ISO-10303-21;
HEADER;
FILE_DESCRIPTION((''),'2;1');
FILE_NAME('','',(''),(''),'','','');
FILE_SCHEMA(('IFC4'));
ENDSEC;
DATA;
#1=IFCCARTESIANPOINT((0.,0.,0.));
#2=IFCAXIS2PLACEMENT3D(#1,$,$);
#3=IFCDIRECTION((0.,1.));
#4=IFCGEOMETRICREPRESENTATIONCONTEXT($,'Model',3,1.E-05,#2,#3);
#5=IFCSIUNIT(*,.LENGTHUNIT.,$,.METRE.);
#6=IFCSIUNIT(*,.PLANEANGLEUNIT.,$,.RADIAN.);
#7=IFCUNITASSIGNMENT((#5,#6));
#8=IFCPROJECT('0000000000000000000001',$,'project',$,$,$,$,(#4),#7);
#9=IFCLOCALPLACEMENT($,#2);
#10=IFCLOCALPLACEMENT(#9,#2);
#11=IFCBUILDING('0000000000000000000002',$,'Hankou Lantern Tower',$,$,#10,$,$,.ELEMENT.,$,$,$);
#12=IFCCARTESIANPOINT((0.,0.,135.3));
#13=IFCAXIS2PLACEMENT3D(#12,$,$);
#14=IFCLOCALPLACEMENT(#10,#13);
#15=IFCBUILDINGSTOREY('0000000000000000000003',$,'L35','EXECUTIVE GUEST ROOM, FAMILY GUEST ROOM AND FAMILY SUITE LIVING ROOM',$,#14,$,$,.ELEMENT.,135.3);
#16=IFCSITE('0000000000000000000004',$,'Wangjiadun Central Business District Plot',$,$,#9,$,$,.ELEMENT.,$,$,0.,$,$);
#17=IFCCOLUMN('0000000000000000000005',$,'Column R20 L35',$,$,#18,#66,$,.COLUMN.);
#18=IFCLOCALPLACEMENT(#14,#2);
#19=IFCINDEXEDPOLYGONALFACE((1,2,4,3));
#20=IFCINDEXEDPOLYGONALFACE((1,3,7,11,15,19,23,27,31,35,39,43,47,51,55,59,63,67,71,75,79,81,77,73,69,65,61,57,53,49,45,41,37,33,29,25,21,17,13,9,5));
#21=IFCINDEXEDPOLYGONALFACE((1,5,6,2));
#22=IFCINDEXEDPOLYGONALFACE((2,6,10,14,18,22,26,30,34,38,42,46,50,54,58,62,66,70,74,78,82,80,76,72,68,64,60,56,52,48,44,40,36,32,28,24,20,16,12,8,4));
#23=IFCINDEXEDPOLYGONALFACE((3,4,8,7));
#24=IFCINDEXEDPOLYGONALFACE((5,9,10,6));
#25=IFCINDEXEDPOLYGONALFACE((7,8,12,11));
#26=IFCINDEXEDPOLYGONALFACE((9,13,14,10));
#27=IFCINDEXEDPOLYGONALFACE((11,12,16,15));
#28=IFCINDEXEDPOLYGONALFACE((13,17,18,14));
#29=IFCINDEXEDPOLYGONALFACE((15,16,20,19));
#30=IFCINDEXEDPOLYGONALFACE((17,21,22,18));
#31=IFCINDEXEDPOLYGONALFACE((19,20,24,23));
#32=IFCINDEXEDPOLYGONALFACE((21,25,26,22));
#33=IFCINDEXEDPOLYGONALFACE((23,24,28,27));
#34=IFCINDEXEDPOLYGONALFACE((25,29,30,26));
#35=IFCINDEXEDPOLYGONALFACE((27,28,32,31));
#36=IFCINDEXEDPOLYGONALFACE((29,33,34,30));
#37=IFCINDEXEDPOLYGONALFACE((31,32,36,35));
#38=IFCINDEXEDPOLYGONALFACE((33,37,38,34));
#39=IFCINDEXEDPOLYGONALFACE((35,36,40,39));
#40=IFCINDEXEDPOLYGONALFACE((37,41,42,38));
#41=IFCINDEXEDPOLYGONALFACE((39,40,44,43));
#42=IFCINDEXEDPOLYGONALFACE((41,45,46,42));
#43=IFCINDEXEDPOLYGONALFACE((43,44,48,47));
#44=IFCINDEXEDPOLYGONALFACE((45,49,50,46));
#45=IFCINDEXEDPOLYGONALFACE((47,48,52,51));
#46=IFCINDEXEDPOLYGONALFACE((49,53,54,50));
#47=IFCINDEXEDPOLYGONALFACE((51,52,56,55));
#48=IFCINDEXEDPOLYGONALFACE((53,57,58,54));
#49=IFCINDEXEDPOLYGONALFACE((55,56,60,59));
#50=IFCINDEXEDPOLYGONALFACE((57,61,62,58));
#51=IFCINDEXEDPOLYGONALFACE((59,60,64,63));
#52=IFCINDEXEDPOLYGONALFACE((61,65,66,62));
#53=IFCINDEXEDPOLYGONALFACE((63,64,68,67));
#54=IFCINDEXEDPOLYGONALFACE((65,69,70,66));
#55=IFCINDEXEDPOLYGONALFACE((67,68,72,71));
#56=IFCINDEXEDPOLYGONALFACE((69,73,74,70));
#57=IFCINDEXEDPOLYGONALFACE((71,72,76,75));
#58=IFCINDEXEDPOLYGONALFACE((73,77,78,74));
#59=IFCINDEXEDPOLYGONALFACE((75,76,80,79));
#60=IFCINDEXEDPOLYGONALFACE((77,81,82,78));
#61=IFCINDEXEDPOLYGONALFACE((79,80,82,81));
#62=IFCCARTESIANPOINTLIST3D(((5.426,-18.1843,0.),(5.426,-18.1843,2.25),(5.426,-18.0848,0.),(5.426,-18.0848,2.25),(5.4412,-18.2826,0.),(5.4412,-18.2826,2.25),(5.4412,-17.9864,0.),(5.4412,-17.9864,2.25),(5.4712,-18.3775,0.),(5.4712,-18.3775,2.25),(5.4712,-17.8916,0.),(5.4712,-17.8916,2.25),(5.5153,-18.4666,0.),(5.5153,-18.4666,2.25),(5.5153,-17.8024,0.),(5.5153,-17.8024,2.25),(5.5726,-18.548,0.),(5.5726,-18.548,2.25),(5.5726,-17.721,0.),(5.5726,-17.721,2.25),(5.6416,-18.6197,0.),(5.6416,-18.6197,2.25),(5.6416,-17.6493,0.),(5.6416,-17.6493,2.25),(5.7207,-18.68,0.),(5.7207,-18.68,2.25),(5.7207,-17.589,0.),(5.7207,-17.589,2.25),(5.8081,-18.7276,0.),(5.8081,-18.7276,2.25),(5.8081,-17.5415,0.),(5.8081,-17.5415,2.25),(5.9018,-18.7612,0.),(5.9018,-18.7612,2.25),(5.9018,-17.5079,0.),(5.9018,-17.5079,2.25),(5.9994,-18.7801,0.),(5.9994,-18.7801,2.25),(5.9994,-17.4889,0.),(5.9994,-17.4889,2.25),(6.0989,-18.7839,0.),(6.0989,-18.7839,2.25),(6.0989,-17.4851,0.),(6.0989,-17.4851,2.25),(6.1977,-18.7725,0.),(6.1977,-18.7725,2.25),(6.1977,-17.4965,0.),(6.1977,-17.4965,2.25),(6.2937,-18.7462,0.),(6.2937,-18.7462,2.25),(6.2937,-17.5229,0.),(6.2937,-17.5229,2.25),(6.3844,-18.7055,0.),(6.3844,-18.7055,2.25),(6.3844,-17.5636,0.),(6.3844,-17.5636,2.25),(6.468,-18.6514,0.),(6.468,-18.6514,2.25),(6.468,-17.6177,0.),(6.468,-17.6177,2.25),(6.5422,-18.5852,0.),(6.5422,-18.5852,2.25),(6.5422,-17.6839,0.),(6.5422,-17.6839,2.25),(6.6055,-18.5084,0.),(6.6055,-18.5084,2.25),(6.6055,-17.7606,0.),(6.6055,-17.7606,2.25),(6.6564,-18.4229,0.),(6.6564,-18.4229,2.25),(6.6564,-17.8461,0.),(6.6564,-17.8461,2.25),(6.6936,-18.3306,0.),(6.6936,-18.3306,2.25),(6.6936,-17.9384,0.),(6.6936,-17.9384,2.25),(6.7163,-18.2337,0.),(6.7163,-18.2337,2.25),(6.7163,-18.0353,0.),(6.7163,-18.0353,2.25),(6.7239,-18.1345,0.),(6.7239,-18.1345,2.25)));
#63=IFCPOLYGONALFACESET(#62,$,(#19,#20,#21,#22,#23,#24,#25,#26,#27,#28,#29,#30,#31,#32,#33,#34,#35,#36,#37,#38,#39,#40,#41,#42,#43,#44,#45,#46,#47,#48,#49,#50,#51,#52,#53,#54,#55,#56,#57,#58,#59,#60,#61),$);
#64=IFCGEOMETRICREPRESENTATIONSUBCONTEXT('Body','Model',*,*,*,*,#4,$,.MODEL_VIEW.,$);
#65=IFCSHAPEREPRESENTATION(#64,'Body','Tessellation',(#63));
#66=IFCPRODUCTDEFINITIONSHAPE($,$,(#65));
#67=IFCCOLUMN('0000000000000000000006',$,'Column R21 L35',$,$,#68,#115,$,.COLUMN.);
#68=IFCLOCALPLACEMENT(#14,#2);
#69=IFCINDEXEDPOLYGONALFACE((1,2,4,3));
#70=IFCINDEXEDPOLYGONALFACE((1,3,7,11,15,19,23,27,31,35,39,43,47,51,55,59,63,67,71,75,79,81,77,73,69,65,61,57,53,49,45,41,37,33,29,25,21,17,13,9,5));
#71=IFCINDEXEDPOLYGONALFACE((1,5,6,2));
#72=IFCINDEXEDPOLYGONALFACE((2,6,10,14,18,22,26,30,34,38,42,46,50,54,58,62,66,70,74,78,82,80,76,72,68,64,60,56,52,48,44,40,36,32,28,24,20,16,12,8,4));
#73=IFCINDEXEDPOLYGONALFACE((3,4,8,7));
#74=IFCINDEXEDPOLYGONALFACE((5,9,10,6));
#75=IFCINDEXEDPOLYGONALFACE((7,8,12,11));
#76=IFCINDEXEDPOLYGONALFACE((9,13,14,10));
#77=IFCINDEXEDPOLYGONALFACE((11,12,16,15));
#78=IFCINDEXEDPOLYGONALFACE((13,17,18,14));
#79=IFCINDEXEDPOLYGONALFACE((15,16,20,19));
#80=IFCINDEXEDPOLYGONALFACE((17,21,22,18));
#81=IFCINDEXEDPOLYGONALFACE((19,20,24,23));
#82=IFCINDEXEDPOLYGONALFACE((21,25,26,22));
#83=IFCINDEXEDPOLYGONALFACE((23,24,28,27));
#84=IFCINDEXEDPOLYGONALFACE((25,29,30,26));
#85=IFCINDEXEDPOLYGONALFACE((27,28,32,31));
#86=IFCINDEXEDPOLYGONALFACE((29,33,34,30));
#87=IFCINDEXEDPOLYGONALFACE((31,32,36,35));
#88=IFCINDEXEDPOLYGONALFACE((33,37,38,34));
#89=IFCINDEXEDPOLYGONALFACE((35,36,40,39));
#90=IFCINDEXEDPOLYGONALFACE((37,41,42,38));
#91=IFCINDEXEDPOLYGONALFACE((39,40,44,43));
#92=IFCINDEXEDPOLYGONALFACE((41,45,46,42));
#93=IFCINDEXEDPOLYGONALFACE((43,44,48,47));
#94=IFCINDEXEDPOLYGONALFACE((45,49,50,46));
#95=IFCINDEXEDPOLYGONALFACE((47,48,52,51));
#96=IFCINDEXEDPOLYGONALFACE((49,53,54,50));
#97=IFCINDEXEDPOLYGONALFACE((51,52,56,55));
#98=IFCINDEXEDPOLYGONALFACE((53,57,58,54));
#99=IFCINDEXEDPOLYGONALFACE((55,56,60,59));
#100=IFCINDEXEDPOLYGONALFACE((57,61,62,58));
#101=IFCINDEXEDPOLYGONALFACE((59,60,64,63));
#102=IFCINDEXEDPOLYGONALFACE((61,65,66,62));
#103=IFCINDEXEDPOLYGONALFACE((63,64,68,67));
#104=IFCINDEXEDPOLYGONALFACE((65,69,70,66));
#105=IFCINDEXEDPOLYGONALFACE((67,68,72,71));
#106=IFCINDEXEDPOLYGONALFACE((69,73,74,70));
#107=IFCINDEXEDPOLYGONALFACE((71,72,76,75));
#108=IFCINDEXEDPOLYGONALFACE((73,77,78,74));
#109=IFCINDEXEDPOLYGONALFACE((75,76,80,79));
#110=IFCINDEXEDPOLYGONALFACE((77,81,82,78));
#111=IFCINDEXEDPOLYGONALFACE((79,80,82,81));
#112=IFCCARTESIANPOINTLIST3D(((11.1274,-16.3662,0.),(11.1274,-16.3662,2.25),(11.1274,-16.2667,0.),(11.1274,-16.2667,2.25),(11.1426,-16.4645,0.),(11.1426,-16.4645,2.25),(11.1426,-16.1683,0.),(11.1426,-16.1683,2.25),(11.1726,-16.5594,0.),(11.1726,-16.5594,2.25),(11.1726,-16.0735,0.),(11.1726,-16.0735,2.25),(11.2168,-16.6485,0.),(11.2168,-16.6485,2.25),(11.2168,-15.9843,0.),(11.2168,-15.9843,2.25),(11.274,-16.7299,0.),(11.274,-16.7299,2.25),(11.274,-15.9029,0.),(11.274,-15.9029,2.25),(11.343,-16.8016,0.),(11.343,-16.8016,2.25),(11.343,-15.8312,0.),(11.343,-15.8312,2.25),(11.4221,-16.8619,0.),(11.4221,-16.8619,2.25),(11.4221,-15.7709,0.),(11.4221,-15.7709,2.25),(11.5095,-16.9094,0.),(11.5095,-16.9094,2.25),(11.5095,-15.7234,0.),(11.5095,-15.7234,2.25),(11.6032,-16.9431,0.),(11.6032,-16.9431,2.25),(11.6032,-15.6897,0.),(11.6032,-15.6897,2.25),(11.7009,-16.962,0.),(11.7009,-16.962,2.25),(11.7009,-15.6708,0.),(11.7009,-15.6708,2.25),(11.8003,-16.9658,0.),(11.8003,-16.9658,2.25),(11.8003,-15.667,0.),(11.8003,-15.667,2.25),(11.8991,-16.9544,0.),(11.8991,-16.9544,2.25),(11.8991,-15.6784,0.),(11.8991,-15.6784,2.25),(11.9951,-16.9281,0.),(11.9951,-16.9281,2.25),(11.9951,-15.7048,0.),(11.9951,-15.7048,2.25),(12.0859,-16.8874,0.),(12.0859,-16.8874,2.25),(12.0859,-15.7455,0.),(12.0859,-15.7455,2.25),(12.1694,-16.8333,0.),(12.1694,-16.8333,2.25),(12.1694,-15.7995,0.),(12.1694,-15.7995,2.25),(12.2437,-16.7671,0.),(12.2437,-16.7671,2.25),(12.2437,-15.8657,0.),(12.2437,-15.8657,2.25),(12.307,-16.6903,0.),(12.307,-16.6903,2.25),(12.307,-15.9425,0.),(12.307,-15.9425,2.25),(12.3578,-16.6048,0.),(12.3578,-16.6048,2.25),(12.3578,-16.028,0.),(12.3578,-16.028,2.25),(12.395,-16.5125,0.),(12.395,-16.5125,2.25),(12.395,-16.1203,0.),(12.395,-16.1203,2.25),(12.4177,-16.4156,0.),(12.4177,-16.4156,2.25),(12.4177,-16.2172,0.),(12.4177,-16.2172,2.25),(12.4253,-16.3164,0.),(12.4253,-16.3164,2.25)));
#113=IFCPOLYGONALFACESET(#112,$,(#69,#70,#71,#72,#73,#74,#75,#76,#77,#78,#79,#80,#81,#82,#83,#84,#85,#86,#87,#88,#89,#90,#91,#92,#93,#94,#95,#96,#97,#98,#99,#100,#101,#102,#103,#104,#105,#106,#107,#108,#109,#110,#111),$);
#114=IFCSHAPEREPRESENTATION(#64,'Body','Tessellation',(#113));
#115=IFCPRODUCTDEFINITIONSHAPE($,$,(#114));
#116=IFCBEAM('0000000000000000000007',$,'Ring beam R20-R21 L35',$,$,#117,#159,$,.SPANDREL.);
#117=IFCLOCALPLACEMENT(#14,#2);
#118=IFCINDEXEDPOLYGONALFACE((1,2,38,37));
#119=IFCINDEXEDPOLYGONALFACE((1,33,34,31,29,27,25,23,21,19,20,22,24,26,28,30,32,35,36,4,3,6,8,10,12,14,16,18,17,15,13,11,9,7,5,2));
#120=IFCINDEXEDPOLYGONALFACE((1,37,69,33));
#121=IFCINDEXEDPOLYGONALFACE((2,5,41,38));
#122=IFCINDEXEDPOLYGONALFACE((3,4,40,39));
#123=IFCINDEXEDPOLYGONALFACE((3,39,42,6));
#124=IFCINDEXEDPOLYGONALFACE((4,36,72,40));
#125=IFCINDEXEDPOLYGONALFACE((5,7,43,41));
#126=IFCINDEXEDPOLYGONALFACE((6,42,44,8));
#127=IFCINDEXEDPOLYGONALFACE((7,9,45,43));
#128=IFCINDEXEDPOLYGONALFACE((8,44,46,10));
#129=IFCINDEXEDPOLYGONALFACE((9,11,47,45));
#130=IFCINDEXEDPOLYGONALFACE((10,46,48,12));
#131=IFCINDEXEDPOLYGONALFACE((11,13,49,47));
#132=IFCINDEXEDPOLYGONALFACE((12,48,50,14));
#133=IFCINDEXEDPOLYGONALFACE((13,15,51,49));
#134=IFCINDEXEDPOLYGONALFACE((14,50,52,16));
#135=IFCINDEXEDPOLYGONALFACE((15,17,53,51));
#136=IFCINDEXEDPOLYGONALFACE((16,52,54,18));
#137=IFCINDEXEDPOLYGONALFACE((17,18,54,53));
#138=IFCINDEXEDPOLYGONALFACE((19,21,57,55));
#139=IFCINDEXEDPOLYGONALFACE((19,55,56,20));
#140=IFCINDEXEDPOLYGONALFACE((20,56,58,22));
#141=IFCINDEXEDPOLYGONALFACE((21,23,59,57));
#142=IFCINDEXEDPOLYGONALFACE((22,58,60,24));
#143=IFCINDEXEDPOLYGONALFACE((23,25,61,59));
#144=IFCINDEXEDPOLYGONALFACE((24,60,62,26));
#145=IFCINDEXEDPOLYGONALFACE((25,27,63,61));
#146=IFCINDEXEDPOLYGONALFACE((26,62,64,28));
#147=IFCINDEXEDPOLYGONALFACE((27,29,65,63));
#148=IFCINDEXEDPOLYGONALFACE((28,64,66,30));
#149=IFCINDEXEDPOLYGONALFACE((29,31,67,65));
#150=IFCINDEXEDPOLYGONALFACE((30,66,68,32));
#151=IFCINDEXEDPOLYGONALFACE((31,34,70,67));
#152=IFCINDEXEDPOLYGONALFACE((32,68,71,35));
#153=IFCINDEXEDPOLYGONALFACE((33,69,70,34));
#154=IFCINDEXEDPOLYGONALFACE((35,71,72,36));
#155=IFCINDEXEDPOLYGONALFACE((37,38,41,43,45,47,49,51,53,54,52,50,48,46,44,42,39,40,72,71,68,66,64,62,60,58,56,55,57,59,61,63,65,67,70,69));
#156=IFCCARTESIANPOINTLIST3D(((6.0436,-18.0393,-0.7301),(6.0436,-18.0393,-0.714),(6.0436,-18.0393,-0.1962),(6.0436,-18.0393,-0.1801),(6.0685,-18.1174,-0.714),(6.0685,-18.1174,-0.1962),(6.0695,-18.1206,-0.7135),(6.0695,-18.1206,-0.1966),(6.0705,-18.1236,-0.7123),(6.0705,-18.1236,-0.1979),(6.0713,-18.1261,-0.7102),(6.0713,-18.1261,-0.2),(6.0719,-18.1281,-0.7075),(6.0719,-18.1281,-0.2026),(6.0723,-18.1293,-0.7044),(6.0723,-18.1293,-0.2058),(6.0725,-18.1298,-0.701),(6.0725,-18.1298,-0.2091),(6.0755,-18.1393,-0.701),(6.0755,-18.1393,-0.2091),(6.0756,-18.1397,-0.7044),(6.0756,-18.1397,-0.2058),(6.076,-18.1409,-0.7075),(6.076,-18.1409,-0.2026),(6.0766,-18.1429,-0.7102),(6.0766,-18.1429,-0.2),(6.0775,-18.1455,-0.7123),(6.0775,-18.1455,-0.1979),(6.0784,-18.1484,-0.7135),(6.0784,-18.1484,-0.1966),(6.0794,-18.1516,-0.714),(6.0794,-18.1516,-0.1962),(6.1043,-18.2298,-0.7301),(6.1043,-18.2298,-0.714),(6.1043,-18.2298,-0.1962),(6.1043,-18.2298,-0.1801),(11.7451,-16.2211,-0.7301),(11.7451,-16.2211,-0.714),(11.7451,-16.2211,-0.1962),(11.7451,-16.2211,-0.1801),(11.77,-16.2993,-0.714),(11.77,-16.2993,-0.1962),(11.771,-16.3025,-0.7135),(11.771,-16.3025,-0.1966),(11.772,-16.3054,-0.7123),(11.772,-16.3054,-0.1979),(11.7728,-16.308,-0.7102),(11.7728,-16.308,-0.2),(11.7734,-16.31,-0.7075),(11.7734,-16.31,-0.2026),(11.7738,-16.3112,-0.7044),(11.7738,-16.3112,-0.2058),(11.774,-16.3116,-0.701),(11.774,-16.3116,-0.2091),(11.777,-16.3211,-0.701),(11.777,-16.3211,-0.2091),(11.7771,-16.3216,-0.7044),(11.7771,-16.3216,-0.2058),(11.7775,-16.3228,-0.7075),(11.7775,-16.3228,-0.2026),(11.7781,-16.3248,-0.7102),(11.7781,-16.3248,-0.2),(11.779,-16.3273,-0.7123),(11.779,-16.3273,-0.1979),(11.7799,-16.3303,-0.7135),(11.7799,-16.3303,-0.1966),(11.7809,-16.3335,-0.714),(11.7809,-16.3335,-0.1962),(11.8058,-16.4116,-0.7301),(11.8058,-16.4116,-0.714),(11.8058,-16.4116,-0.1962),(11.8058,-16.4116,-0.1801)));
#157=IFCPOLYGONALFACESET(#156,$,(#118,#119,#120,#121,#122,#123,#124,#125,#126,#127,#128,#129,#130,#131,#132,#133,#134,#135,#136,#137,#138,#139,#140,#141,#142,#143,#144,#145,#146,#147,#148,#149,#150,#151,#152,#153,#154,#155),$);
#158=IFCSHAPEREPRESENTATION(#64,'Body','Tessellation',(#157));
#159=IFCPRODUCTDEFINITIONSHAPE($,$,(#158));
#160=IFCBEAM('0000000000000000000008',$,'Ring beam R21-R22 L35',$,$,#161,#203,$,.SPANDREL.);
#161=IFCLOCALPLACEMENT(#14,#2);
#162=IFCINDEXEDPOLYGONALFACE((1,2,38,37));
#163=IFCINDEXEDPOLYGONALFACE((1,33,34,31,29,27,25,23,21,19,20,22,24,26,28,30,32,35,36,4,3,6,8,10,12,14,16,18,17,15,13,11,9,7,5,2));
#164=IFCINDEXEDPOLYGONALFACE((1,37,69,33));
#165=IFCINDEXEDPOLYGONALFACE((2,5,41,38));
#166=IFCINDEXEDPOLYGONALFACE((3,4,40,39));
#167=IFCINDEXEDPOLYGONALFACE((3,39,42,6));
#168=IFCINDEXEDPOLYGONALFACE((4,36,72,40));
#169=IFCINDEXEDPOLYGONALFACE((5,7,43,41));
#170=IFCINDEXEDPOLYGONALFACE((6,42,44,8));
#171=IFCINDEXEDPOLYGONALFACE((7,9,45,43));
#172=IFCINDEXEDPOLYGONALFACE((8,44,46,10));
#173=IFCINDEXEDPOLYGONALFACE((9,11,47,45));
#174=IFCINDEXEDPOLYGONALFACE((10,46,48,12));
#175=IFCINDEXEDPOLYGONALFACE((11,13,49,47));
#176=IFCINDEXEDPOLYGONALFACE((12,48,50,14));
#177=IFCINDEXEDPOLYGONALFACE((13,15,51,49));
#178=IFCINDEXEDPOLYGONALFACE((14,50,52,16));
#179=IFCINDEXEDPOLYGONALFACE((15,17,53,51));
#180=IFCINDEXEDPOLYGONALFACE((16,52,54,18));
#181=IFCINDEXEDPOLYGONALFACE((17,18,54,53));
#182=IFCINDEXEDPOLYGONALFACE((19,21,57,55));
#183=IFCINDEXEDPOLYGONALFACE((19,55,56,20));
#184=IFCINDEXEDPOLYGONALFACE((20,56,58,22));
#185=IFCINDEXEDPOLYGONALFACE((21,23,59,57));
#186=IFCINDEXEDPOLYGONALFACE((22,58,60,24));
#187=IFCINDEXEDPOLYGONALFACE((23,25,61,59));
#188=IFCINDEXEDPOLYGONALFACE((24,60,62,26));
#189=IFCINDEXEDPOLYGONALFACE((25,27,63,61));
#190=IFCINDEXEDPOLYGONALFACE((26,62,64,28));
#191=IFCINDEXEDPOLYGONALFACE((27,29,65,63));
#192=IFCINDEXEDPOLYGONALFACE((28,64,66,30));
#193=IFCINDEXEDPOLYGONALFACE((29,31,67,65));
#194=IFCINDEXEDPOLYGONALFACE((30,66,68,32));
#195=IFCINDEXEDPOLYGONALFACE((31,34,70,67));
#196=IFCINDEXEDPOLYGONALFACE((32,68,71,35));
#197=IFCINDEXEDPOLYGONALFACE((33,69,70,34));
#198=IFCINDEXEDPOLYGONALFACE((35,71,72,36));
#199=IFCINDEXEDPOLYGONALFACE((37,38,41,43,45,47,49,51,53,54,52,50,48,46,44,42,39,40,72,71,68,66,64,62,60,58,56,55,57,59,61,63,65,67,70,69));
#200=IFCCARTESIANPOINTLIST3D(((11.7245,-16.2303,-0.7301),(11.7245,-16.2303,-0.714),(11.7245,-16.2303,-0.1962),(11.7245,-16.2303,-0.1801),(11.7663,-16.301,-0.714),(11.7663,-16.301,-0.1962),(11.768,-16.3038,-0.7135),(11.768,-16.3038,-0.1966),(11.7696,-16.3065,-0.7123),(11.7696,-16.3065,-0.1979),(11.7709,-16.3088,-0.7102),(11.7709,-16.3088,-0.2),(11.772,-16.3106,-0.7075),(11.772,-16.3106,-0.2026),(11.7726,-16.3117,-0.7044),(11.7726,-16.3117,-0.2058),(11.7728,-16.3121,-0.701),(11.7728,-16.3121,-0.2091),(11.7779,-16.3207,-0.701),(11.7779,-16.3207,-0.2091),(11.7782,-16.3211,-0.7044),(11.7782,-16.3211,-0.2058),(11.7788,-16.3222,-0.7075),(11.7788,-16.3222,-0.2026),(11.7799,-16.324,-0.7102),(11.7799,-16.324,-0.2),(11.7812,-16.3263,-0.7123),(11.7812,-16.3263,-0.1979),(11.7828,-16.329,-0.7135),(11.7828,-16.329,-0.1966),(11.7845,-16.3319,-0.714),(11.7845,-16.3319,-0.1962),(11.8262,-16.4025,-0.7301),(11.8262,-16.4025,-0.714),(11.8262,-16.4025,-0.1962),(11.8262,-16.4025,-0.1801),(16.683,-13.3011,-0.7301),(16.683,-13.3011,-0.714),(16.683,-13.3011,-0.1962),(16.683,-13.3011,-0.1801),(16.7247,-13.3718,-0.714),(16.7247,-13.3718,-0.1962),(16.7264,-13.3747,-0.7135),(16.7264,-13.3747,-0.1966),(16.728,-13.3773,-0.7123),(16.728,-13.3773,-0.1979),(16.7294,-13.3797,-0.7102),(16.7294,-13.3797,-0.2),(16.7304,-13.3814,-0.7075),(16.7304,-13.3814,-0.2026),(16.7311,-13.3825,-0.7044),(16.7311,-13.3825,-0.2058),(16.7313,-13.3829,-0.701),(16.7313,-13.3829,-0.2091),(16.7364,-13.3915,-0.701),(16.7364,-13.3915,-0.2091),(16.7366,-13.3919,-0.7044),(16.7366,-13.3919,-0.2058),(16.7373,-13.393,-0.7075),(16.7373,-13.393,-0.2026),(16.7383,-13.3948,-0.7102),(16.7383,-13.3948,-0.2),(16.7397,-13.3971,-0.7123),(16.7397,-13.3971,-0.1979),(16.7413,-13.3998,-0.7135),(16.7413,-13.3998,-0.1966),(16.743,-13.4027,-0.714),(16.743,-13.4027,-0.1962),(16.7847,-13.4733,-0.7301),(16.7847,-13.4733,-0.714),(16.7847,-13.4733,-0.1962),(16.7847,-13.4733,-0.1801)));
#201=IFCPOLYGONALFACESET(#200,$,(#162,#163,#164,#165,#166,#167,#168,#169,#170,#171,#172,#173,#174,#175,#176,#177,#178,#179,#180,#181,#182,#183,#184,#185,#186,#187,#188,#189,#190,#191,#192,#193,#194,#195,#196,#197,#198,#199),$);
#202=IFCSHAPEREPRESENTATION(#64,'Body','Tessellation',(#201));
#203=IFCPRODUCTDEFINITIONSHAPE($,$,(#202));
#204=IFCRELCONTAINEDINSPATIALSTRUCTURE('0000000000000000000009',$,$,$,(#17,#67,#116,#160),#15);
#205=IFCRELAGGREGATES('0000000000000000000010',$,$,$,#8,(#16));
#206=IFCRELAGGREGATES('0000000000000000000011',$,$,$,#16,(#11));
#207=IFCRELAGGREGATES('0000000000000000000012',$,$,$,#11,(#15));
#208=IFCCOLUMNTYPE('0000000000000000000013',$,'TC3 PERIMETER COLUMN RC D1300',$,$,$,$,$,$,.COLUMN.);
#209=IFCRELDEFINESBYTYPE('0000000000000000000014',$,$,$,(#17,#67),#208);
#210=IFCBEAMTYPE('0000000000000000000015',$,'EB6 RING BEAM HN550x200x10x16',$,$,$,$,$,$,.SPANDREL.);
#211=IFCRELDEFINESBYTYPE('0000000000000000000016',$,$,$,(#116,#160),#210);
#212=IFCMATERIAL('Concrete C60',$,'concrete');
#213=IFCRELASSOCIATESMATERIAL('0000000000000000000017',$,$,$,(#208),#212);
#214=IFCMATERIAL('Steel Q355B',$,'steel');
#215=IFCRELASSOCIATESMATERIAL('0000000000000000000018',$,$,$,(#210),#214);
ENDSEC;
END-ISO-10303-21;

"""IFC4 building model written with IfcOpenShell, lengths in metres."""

from ifc_helpers import new_model, si_unit, direction, frame, origin, origin_2d, place, context, subcontext, project, spatial, circle, i_section, extrude, clip, halfspace, material, material_profile, profile_set, type_object, element, save


model = new_model("IFC4")

# Units and contexts
model_context = context("Model", 3, precision=1e-05, world=origin(), true_north=direction((0.0, 1.0)))
body_context = subcontext(model_context, "Body", "Model", "MODEL_VIEW")
ifc_project = project(units=[si_unit("LENGTHUNIT", "METRE"), si_unit("PLANEANGLEUNIT", "RADIAN")], contexts=[model_context])

# Site, building, storey
site_placement = place(None, origin())
site = spatial("IfcSite", under=ifc_project, at=site_placement, Name="Wangjiadun Central Business District Plot", CompositionType="ELEMENT", RefElevation=0.0)
building_placement = place(site_placement, origin())
building = spatial("IfcBuilding", under=site, at=building_placement, Name="Hankou Lantern Tower", CompositionType="ELEMENT")
storey_placement = place(building_placement, frame((0.0, 0.0, 135.3)))
storey = spatial("IfcBuildingStorey", under=building, at=storey_placement, Name="L35", Description="EXECUTIVE GUEST ROOM, FAMILY GUEST ROOM AND FAMILY SUITE LIVING ROOM", CompositionType="ELEMENT", Elevation=135.3)

# Columns
ifc_material_1 = material(Name="Concrete C60", Category="concrete")
ifc_material_profile_1 = material_profile(ifc_material_1, circle(Radius=0.6499, at=origin_2d()), Name="RC D1300")
ifc_profile_set_1 = profile_set([ifc_material_profile_1], Name="Concrete C60")
column_type = type_object("IfcColumnType", Name="TC3 PERIMETER COLUMN RC D1300", PredefinedType="COLUMN", material=ifc_profile_set_1)
for number, where, z_axis, x_axis, name in (
    (1, (6.074, -18.1345, 0.0), (0.0, 0.0, 1.0), (1.0, 0.0, 0.0), "Column R20 L35"),
    (2, (11.7754, -16.3164, 0.0), (0.0, 0.0, 1.0), (1.0, 0.0, 0.0), "Column R21 L35"),
):
    element("IfcColumn", number, at=place(storey_placement, frame(where, z_axis=z_axis, x_axis=x_axis)), inside=storey, type_object=column_type, Name=name, PredefinedType="COLUMN", context=body_context, shape_type="Clipping", body=[
        clip(extrude(circle(Radius=0.6499, at=origin_2d()), origin(), (0.0, 0.0, 1.0), 3.3), halfspace(frame((0.0, 0.0, 2.25), z_axis=(0.0, 0.0, 1.0), x_axis=(1.0, 0.0, 0.0)), False)),
    ])

# Beams
ifc_material_2 = material(Name="Steel Q355B", Category="steel")
ifc_material_profile_2 = material_profile(ifc_material_2, i_section(OverallWidth=0.2, OverallDepth=0.55, WebThickness=0.01, FlangeThickness=0.0161, FilletRadius=0.0129, at=origin_2d()), Name="HN550x200x10x16")
ifc_profile_set_2 = profile_set([ifc_material_profile_2], Name="Steel Q355B")
beam_type_1 = type_object("IfcBeamType", Name="EB6 RING BEAM HN550x200x10x16", PredefinedType="SPANDREL", material=ifc_profile_set_2)
beam_1_placement = place(storey_placement, frame((6.074, -18.1345, -0.4551), z_axis=(0.952731, 0.303815, 0.0), x_axis=(-0.303815, 0.952731, 0.0)))
element("IfcBeam", 3, at=beam_1_placement, inside=storey, type_object=beam_type_1, Name="Ring beam R20-R21 L35", PredefinedType="SPANDREL", context=body_context, shape_type="SweptSolid", body=[
    extrude(i_section(OverallWidth=0.2, OverallDepth=0.55, WebThickness=0.01, FlangeThickness=0.0161, FilletRadius=0.0129, at=origin_2d()), origin(), (0.0, 0.0, 1.0), 5.9844),
])
beam_2_placement = place(storey_placement, frame((11.7754, -16.3164, -0.4551), z_axis=(0.860989, 0.508624, 0.0), x_axis=(-0.508624, 0.860989, 0.0)))
element("IfcBeam", 4, at=beam_2_placement, inside=storey, type_object=beam_type_1, Name="Ring beam R21-R22 L35", PredefinedType="SPANDREL", context=body_context, shape_type="SweptSolid", body=[
    extrude(i_section(OverallWidth=0.2, OverallDepth=0.55, WebThickness=0.01, FlangeThickness=0.0161, FilletRadius=0.0129, at=origin_2d()), origin(), (0.0, 0.0, 1.0), 5.759),
])

save(model, "model.ifc")
